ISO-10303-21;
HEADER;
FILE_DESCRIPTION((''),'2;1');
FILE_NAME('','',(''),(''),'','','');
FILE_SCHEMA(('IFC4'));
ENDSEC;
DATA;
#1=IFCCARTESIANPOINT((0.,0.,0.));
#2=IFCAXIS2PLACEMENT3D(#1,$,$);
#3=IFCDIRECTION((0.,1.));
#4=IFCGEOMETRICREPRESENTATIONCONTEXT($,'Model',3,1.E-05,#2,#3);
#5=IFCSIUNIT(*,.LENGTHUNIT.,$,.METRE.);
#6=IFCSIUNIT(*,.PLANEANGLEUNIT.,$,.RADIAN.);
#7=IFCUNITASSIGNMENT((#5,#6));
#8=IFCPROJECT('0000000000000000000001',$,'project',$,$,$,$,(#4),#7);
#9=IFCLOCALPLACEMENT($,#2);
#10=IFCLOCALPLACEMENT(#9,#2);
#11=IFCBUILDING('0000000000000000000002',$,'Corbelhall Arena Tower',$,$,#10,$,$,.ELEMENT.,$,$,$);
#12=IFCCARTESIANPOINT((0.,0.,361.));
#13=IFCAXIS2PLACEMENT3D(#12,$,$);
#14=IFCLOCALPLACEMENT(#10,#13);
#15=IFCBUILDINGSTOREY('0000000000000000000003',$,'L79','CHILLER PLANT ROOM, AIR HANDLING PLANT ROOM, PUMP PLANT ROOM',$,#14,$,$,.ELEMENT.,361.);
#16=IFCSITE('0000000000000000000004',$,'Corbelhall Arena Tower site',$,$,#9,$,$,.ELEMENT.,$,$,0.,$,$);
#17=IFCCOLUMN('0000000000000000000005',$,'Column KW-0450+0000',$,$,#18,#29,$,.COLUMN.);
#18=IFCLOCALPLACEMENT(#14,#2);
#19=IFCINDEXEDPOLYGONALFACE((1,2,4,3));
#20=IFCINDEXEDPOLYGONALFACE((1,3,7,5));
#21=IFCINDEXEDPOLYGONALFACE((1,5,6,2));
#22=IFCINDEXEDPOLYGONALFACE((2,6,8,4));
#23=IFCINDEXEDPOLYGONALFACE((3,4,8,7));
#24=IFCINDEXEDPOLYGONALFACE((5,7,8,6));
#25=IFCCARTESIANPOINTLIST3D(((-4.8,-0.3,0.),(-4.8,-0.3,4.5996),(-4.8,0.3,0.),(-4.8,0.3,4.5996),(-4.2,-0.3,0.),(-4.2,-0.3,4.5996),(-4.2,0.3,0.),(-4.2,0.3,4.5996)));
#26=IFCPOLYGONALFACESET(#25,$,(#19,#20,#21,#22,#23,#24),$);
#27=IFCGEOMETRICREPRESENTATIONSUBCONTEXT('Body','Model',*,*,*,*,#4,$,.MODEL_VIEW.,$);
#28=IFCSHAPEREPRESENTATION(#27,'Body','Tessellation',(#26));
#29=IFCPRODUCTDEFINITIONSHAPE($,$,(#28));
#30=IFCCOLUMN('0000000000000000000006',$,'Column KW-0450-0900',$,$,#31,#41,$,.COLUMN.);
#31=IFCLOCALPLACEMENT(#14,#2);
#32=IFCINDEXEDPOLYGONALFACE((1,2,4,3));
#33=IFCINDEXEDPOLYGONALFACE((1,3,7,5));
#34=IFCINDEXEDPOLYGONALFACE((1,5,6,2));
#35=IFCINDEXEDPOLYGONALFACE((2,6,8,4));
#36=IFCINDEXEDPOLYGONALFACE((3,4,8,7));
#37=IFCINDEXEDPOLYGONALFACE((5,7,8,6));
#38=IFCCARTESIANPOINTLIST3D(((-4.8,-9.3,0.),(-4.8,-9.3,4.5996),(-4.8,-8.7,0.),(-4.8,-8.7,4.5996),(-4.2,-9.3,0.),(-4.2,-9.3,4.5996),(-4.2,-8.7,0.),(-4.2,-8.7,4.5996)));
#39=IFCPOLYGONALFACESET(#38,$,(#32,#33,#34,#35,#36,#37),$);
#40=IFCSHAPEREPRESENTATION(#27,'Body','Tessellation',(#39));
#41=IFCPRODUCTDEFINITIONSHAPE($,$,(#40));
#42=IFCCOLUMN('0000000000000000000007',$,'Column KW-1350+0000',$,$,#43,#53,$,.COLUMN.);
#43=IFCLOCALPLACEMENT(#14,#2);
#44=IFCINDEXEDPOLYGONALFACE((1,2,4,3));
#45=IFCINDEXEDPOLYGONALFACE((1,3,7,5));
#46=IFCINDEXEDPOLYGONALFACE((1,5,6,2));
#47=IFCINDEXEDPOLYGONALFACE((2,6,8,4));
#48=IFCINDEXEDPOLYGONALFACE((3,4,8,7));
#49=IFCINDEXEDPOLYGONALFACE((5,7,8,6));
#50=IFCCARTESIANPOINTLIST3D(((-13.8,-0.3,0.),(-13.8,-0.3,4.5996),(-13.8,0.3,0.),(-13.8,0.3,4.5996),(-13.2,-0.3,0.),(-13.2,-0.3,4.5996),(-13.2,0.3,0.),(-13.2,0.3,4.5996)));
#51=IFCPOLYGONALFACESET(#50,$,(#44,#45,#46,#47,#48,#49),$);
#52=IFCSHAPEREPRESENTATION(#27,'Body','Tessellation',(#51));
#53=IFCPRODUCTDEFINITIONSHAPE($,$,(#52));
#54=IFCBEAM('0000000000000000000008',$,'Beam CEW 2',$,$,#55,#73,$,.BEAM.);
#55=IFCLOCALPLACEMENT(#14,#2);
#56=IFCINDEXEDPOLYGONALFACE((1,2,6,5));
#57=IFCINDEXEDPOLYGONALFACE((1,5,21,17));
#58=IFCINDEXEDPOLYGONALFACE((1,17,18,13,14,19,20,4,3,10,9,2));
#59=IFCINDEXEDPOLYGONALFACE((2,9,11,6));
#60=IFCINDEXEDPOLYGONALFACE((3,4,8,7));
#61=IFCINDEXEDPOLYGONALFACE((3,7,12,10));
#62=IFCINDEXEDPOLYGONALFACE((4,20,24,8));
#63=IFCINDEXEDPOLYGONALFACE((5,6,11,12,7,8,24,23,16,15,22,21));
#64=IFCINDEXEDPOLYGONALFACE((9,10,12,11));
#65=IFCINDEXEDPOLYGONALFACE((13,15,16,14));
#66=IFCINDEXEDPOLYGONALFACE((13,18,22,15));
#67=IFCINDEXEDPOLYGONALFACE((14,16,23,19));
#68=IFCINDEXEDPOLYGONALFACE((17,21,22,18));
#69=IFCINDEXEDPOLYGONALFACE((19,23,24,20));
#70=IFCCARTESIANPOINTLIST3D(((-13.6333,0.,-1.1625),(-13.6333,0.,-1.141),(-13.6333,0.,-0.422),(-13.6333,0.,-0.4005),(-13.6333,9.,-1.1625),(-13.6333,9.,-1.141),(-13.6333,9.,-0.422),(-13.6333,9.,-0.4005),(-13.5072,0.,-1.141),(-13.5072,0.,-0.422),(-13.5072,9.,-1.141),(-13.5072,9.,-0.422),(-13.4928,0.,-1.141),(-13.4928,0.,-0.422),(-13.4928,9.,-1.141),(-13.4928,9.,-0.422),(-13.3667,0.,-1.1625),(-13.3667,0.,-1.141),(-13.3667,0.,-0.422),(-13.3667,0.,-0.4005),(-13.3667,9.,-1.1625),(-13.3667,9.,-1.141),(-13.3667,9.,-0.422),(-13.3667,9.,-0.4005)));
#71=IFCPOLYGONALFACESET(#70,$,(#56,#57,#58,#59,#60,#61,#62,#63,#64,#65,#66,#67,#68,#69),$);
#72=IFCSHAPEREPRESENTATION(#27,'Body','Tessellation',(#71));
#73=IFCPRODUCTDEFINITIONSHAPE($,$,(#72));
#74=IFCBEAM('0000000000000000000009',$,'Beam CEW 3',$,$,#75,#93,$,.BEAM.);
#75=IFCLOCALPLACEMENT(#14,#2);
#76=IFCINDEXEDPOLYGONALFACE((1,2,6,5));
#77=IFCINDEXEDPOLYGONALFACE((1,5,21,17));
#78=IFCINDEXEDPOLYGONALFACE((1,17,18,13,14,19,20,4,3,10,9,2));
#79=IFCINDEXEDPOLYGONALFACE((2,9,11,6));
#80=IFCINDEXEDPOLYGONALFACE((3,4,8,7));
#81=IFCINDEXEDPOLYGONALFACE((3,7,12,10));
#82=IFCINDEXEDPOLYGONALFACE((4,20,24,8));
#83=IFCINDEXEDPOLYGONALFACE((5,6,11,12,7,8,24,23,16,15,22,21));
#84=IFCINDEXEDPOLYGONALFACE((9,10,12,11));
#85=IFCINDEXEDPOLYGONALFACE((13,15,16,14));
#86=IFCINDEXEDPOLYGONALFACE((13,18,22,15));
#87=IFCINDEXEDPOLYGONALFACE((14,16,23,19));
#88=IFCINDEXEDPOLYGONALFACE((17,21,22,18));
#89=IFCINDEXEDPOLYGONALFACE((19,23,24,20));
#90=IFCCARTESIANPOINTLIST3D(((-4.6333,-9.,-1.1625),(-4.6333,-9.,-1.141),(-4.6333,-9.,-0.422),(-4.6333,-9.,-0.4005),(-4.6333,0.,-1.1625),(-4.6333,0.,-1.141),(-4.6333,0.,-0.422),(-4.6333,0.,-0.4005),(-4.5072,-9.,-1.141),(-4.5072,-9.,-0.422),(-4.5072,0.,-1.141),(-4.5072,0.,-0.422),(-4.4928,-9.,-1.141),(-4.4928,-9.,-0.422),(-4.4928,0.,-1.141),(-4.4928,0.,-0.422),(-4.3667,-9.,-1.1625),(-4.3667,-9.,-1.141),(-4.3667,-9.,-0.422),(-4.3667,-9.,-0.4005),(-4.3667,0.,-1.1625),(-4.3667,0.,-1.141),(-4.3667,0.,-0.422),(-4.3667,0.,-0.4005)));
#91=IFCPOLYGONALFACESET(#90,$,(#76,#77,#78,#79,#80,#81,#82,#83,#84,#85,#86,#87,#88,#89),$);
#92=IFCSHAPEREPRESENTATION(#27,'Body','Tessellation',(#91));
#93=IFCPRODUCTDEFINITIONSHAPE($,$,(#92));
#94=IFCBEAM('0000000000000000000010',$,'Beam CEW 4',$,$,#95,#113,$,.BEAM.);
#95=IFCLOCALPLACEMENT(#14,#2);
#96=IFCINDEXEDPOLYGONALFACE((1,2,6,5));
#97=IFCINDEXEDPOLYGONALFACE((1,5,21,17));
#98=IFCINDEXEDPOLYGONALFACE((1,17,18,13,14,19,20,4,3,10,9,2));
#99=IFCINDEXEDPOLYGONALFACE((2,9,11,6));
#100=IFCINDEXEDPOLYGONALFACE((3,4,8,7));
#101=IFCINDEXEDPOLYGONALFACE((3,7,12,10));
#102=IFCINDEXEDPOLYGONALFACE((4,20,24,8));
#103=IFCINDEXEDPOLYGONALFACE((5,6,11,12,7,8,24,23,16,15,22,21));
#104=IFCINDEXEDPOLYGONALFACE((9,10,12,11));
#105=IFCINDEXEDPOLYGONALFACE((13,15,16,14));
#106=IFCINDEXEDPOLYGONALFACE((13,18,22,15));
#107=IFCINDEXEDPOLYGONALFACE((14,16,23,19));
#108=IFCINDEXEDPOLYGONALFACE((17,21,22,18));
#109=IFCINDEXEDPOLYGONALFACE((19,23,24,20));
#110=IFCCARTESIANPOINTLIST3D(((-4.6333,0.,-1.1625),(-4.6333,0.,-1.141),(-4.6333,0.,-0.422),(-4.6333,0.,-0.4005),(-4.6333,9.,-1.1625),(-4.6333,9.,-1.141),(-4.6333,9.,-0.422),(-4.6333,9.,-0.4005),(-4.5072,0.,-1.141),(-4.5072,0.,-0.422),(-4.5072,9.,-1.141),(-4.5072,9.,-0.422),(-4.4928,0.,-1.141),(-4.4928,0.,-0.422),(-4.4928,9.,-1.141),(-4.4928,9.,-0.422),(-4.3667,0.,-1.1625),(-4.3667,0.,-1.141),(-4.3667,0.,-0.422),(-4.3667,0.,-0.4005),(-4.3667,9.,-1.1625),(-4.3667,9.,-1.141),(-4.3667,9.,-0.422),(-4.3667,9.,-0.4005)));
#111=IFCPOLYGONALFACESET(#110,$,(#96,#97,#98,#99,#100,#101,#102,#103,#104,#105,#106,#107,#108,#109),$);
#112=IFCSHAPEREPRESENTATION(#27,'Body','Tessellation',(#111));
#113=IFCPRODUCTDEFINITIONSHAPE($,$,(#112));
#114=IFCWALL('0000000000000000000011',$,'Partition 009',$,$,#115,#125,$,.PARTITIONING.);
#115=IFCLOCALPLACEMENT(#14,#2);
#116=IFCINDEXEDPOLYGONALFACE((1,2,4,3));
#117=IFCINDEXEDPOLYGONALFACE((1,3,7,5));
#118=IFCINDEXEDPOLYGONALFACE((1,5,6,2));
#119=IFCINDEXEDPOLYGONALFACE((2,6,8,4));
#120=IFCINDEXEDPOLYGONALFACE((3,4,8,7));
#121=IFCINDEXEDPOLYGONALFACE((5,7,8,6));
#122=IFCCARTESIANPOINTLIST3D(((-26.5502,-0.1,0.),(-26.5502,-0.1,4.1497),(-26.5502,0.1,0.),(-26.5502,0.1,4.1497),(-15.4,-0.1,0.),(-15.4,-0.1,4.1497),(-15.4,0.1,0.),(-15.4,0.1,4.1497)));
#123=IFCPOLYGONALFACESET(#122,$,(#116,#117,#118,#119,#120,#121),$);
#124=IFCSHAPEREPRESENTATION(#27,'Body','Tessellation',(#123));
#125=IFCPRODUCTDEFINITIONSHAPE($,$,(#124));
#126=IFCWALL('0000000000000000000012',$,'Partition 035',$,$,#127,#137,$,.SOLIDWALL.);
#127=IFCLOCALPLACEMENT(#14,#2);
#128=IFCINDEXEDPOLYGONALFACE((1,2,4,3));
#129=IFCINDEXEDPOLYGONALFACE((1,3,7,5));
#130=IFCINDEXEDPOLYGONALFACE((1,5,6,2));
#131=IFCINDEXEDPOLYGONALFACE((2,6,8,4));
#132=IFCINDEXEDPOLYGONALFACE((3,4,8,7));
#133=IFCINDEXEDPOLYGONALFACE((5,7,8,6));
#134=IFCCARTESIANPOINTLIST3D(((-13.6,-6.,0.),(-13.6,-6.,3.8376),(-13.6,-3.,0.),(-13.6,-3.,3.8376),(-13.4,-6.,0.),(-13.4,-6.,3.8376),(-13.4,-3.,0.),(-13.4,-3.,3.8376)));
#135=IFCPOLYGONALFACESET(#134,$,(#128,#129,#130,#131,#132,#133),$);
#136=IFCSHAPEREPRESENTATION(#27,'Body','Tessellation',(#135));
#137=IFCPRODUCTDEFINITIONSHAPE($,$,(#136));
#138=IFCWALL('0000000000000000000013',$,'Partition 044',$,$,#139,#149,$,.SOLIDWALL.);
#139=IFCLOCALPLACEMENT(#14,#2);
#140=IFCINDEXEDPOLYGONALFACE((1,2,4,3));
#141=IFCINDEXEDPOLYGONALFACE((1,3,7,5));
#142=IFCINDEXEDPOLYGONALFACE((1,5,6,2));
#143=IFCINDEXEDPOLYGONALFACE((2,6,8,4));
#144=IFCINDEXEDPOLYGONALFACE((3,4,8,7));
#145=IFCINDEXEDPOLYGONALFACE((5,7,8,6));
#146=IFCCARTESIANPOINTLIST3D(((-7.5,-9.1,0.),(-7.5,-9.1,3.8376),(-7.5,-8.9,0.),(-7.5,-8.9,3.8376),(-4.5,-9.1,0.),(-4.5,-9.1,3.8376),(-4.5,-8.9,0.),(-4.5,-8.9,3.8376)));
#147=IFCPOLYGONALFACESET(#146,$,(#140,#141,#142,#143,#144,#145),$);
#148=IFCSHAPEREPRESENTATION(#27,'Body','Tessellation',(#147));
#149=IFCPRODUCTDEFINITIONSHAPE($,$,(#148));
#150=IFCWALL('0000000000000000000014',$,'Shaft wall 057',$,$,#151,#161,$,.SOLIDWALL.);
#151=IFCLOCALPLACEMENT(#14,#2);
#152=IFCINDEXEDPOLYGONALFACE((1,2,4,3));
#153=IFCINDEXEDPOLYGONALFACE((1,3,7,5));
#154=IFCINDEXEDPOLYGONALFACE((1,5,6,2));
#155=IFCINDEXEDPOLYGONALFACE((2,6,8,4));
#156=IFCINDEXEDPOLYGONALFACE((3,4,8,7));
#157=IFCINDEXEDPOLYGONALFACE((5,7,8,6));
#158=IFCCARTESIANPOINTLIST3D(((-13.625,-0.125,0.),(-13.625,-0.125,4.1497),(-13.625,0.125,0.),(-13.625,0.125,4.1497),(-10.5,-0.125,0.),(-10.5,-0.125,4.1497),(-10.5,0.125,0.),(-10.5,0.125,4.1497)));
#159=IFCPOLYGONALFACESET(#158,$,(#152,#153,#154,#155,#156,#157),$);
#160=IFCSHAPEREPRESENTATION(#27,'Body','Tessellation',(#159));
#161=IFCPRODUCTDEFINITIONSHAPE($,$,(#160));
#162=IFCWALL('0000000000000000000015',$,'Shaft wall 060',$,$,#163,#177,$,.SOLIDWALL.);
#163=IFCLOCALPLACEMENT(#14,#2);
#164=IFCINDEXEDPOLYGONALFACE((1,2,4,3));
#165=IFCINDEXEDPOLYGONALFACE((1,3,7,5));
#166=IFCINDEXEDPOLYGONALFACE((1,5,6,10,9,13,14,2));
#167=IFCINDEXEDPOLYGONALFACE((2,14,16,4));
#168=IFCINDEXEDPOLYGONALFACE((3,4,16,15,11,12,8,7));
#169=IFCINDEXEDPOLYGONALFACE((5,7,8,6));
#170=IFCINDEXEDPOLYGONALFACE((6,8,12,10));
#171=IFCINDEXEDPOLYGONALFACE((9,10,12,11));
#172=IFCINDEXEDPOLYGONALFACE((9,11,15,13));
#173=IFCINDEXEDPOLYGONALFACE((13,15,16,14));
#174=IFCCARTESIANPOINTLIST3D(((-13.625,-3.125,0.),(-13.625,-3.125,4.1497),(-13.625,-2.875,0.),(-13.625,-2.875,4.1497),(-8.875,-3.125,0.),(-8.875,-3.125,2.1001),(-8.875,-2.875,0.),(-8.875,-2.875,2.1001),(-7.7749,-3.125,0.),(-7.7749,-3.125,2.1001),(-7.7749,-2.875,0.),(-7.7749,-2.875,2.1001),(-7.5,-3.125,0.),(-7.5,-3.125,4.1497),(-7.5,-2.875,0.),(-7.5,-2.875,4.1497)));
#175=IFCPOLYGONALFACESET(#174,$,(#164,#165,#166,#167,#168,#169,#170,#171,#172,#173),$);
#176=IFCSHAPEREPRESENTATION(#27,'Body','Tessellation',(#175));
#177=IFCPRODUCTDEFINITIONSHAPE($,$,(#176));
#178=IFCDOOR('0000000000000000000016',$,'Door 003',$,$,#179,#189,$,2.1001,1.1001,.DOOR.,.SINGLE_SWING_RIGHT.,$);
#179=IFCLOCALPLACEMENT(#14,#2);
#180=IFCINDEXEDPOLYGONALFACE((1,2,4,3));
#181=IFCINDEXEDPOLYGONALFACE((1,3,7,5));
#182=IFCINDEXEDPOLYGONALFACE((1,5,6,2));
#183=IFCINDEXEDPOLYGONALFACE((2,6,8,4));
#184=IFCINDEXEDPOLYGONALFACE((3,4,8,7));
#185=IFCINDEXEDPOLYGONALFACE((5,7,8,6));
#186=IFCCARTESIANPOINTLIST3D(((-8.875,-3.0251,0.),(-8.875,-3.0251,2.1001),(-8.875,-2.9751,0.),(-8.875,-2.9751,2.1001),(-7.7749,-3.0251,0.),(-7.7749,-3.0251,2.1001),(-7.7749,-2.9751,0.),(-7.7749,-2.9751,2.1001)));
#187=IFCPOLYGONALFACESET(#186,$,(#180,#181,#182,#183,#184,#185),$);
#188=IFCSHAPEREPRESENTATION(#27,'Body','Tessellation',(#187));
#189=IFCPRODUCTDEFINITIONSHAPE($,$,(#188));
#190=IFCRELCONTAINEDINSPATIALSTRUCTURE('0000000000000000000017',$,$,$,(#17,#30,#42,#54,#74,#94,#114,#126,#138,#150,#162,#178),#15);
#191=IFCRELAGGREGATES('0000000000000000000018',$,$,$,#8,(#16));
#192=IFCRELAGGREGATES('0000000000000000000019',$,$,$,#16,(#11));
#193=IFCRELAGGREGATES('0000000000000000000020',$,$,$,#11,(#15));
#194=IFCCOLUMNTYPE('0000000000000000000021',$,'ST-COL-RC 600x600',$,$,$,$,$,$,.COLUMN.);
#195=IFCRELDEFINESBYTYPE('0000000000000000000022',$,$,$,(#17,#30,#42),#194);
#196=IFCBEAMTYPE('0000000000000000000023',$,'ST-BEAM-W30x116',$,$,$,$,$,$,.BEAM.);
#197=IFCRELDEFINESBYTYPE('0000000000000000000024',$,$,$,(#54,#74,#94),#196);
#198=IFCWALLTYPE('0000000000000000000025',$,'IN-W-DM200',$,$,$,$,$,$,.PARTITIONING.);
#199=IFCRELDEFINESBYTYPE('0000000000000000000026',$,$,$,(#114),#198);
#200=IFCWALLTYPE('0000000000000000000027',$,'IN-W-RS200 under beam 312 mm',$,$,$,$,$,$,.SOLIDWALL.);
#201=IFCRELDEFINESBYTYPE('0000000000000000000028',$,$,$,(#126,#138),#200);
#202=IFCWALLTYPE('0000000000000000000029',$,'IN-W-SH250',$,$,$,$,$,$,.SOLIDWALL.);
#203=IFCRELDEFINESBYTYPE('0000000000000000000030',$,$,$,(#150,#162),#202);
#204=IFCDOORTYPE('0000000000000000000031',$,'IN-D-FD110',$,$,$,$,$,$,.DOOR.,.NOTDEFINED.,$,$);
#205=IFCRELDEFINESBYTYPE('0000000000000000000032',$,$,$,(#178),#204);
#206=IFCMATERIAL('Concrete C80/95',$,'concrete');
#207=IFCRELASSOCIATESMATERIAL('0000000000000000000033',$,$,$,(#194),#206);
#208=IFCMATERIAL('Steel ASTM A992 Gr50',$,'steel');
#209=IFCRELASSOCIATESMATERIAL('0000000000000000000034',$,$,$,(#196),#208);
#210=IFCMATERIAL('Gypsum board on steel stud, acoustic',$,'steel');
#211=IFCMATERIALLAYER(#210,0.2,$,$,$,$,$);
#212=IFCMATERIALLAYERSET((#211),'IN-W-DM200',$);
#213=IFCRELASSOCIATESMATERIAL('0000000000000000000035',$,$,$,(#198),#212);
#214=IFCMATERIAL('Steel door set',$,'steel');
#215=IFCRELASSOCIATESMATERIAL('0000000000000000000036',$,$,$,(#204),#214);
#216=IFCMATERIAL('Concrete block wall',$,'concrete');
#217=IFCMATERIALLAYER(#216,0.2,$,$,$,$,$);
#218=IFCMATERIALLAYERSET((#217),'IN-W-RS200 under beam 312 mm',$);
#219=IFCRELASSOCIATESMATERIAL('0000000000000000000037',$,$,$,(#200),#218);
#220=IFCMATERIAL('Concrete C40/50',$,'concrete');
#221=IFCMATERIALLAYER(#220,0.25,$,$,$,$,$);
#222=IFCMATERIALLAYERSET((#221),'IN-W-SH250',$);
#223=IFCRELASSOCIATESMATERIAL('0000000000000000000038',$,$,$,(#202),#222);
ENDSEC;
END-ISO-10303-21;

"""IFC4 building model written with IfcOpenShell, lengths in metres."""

from ifc_helpers import new_model, si_unit, direction, frame, frame_2d, origin, origin_2d, place, context, subcontext, project, spatial, rectangle, i_section, extrude, material, layer, layer_set, material_profile, profile_set, type_object, element, fill, save


model = new_model("IFC4")

# Units and contexts
model_context = context("Model", 3, precision=1e-05, world=origin(), true_north=direction((0.0, 1.0)))
body_context = subcontext(model_context, "Body", "Model", "MODEL_VIEW")
ifc_project = project(units=[si_unit("LENGTHUNIT", "METRE"), si_unit("PLANEANGLEUNIT", "RADIAN")], contexts=[model_context])

# Site, building, storey
site_placement = place(None, origin())
site = spatial("IfcSite", under=ifc_project, at=site_placement, Name="Corbelhall Arena Tower site", CompositionType="ELEMENT", RefElevation=0.0)
building_placement = place(site_placement, origin())
building = spatial("IfcBuilding", under=site, at=building_placement, Name="Corbelhall Arena Tower", CompositionType="ELEMENT")
storey_placement = place(building_placement, frame((0.0, 0.0, 361.0)))
storey = spatial("IfcBuildingStorey", under=building, at=storey_placement, Name="L79", Description="CHILLER PLANT ROOM, AIR HANDLING PLANT ROOM, PUMP PLANT ROOM", CompositionType="ELEMENT", Elevation=361.0)

# Columns
ifc_material_1 = material(Name="Concrete C80/95", Category="concrete")
ifc_material_profile_1 = material_profile(ifc_material_1, rectangle(XDim=0.6001, YDim=0.6001, at=origin_2d()))
ifc_profile_set_1 = profile_set([ifc_material_profile_1], Name="Concrete C80/95")
column_type = type_object("IfcColumnType", Name="ST-COL-RC 600x600", PredefinedType="COLUMN", material=ifc_profile_set_1)
for number, where, z_axis, x_axis, name in (
    (1, (-4.5, 0.0, 0.0), (0.0, 0.0, 1.0), (1.0, 0.0, 0.0), "Column KW-0450+0000"),
    (2, (-4.5, -9.0, 0.0), (0.0, 0.0, 1.0), (1.0, 0.0, 0.0), "Column KW-0450-0900"),
    (3, (-13.5, 0.0, 0.0), (0.0, 0.0, 1.0), (1.0, 0.0, 0.0), "Column KW-1350+0000"),
):
    element("IfcColumn", number, at=place(storey_placement, frame(where, z_axis=z_axis, x_axis=x_axis)), inside=storey, type_object=column_type, Name=name, PredefinedType="COLUMN", context=body_context, shape_type="SweptSolid", body=[
        extrude(rectangle(XDim=0.6001, YDim=0.6001, at=origin_2d()), origin(), (0.0, 0.0, 1.0), 4.5996),
    ])

# Beams
ifc_material_2 = material(Name="Steel ASTM A992 Gr50", Category="steel")
ifc_material_profile_2 = material_profile(ifc_material_2, i_section(OverallWidth=0.2666, OverallDepth=0.762, WebThickness=0.0144, FlangeThickness=0.0215, at=origin_2d()))
ifc_profile_set_2 = profile_set([ifc_material_profile_2], Name="Steel ASTM A992 Gr50")
beam_type = type_object("IfcBeamType", Name="ST-BEAM-W30x116", PredefinedType="BEAM", material=ifc_profile_set_2)
for number, where, z_axis, x_axis, name in (
    (4, (-13.5, 0.0, -0.7815), (0.0, 1.0, 0.0), (-1.0, 0.0, 0.0), "Beam CEW 2"),
    (5, (-4.5, -9.0, -0.7815), (0.0, 1.0, 0.0), (-1.0, 0.0, 0.0), "Beam CEW 3"),
    (6, (-4.5, 0.0, -0.7815), (0.0, 1.0, 0.0), (-1.0, 0.0, 0.0), "Beam CEW 4"),
):
    element("IfcBeam", number, at=place(storey_placement, frame(where, z_axis=z_axis, x_axis=x_axis)), inside=storey, type_object=beam_type, Name=name, PredefinedType="BEAM", context=body_context, shape_type="SweptSolid", body=[
        extrude(i_section(OverallWidth=0.2666, OverallDepth=0.762, WebThickness=0.0144, FlangeThickness=0.0215, at=origin_2d()), origin(), (0.0, 0.0, 1.0), 9.0),
    ])

# Wall
ifc_material_3 = material(Name="Gypsum board on steel stud, acoustic", Category="steel")
ifc_layer_1 = layer(ifc_material_3, 0.2)
ifc_layer_set_1 = layer_set([ifc_layer_1], Name="IN-W-DM200")
wall_type_1 = type_object("IfcWallType", Name="IN-W-DM200", PredefinedType="PARTITIONING", material=ifc_layer_set_1)
wall_1_placement = place(storey_placement, frame((-15.3999, 0.0, 0.0), z_axis=(0.0, 0.0, 1.0), x_axis=(-1.0, 0.0, 0.0)))
element("IfcWall", 7, at=wall_1_placement, inside=storey, type_object=wall_type_1, Name="Partition 009", PredefinedType="PARTITIONING", context=body_context, shape_type="SweptSolid", body=[
    extrude(rectangle(XDim=11.1501, YDim=0.2, at=frame_2d((5.5752, 0.0))), origin(), (0.0, 0.0, 1.0), 4.1497),
])

# Shared definitions
ifc_material_4 = material(Name="Concrete block wall", Category="concrete")
ifc_material_5 = material(Name="Steel door set", Category="steel")
door_type_1 = type_object("IfcDoorType", Name="IN-D-FD110", OperationType="NOTDEFINED", PredefinedType="DOOR", material=ifc_material_5)

# Walls
ifc_layer_2 = layer(ifc_material_4, 0.2)
ifc_layer_set_2 = layer_set([ifc_layer_2], Name="IN-W-RS200 under beam 312 mm")
wall_type_2 = type_object("IfcWallType", Name="IN-W-RS200 under beam 312 mm", PredefinedType="SOLIDWALL", material=ifc_layer_set_2)
for number, where, z_axis, x_axis, name in (
    (8, (-13.5, -6.0, 0.0), (0.0, 0.0, 1.0), (0.0, 1.0, 0.0), "Partition 035"),
    (9, (-4.5, -9.0, 0.0), (0.0, 0.0, 1.0), (-1.0, 0.0, 0.0), "Partition 044"),
):
    element("IfcWall", number, at=place(storey_placement, frame(where, z_axis=z_axis, x_axis=x_axis)), inside=storey, type_object=wall_type_2, Name=name, PredefinedType="SOLIDWALL", context=body_context, shape_type="SweptSolid", body=[
        extrude(rectangle(XDim=3.0, YDim=0.2, at=frame_2d((1.5, 0.0))), origin(), (0.0, 0.0, 1.0), 3.8376),
    ])
ifc_material_6 = material(Name="Concrete C40/50", Category="concrete")
ifc_layer_3 = layer(ifc_material_6, 0.25)
ifc_layer_set_3 = layer_set([ifc_layer_3], Name="IN-W-SH250")
wall_type_3 = type_object("IfcWallType", Name="IN-W-SH250", PredefinedType="SOLIDWALL", material=ifc_layer_set_3)
wall_2_placement = place(storey_placement, frame((-13.625, 0.0, 0.0), z_axis=(0.0, 0.0, 1.0), x_axis=(1.0, 0.0, 0.0)))
element("IfcWall", 10, at=wall_2_placement, inside=storey, type_object=wall_type_3, Name="Shaft wall 057", PredefinedType="SOLIDWALL", context=body_context, shape_type="SweptSolid", body=[
    extrude(rectangle(XDim=3.125, YDim=0.25, at=frame_2d((1.5625, 0.0))), origin(), (0.0, 0.0, 1.0), 4.1497),
])

# Wall, opening, door
wall_3_placement = place(storey_placement, frame((-13.625, -3.0, 0.0), z_axis=(0.0, 0.0, 1.0), x_axis=(1.0, 0.0, 0.0)))
wall_3 = element("IfcWall", 11, at=wall_3_placement, inside=storey, type_object=wall_type_3, Name="Shaft wall 060", PredefinedType="SOLIDWALL", context=body_context, shape_type="SweptSolid", body=[
    extrude(rectangle(XDim=6.125, YDim=0.25, at=frame_2d((3.0625, 0.0))), origin(), (0.0, 0.0, 1.0), 4.1497),
])
opening_1_placement = place(wall_3_placement, frame((4.75, 0.0, 0.0)))
opening_1 = element("IfcOpeningElement", 12, at=opening_1_placement, cuts=wall_3, PredefinedType="OPENING", context=body_context, shape_type="SweptSolid", body=[
    extrude(rectangle(XDim=1.1001, YDim=2.1001, at=frame_2d((0.55, 1.05))), frame((0.0, 0.125, 0.0), z_axis=(0.0, -1.0, 0.0), x_axis=(1.0, 0.0, 0.0)), (0.0, 0.0, 1.0), 0.25),
])
door_1_placement = place(opening_1_placement, origin())
door_1 = element("IfcDoor", 13, at=door_1_placement, inside=storey, type_object=door_type_1, Name="Door 003", OperationType="SINGLE_SWING_RIGHT", OverallHeight=2.1001, OverallWidth=1.1001, PredefinedType="DOOR", context=body_context, shape_type="SweptSolid", body=[
    extrude(rectangle(XDim=1.1001, YDim=2.1001, at=frame_2d((0.55, 1.05))), frame((0.0, 0.0249, 0.0), z_axis=(0.0, -1.0, 0.0), x_axis=(1.0, 0.0, 0.0)), (0.0, 0.0, 1.0), 0.05),
])
fill(opening_1, door_1)

save(model, "model.ifc")
